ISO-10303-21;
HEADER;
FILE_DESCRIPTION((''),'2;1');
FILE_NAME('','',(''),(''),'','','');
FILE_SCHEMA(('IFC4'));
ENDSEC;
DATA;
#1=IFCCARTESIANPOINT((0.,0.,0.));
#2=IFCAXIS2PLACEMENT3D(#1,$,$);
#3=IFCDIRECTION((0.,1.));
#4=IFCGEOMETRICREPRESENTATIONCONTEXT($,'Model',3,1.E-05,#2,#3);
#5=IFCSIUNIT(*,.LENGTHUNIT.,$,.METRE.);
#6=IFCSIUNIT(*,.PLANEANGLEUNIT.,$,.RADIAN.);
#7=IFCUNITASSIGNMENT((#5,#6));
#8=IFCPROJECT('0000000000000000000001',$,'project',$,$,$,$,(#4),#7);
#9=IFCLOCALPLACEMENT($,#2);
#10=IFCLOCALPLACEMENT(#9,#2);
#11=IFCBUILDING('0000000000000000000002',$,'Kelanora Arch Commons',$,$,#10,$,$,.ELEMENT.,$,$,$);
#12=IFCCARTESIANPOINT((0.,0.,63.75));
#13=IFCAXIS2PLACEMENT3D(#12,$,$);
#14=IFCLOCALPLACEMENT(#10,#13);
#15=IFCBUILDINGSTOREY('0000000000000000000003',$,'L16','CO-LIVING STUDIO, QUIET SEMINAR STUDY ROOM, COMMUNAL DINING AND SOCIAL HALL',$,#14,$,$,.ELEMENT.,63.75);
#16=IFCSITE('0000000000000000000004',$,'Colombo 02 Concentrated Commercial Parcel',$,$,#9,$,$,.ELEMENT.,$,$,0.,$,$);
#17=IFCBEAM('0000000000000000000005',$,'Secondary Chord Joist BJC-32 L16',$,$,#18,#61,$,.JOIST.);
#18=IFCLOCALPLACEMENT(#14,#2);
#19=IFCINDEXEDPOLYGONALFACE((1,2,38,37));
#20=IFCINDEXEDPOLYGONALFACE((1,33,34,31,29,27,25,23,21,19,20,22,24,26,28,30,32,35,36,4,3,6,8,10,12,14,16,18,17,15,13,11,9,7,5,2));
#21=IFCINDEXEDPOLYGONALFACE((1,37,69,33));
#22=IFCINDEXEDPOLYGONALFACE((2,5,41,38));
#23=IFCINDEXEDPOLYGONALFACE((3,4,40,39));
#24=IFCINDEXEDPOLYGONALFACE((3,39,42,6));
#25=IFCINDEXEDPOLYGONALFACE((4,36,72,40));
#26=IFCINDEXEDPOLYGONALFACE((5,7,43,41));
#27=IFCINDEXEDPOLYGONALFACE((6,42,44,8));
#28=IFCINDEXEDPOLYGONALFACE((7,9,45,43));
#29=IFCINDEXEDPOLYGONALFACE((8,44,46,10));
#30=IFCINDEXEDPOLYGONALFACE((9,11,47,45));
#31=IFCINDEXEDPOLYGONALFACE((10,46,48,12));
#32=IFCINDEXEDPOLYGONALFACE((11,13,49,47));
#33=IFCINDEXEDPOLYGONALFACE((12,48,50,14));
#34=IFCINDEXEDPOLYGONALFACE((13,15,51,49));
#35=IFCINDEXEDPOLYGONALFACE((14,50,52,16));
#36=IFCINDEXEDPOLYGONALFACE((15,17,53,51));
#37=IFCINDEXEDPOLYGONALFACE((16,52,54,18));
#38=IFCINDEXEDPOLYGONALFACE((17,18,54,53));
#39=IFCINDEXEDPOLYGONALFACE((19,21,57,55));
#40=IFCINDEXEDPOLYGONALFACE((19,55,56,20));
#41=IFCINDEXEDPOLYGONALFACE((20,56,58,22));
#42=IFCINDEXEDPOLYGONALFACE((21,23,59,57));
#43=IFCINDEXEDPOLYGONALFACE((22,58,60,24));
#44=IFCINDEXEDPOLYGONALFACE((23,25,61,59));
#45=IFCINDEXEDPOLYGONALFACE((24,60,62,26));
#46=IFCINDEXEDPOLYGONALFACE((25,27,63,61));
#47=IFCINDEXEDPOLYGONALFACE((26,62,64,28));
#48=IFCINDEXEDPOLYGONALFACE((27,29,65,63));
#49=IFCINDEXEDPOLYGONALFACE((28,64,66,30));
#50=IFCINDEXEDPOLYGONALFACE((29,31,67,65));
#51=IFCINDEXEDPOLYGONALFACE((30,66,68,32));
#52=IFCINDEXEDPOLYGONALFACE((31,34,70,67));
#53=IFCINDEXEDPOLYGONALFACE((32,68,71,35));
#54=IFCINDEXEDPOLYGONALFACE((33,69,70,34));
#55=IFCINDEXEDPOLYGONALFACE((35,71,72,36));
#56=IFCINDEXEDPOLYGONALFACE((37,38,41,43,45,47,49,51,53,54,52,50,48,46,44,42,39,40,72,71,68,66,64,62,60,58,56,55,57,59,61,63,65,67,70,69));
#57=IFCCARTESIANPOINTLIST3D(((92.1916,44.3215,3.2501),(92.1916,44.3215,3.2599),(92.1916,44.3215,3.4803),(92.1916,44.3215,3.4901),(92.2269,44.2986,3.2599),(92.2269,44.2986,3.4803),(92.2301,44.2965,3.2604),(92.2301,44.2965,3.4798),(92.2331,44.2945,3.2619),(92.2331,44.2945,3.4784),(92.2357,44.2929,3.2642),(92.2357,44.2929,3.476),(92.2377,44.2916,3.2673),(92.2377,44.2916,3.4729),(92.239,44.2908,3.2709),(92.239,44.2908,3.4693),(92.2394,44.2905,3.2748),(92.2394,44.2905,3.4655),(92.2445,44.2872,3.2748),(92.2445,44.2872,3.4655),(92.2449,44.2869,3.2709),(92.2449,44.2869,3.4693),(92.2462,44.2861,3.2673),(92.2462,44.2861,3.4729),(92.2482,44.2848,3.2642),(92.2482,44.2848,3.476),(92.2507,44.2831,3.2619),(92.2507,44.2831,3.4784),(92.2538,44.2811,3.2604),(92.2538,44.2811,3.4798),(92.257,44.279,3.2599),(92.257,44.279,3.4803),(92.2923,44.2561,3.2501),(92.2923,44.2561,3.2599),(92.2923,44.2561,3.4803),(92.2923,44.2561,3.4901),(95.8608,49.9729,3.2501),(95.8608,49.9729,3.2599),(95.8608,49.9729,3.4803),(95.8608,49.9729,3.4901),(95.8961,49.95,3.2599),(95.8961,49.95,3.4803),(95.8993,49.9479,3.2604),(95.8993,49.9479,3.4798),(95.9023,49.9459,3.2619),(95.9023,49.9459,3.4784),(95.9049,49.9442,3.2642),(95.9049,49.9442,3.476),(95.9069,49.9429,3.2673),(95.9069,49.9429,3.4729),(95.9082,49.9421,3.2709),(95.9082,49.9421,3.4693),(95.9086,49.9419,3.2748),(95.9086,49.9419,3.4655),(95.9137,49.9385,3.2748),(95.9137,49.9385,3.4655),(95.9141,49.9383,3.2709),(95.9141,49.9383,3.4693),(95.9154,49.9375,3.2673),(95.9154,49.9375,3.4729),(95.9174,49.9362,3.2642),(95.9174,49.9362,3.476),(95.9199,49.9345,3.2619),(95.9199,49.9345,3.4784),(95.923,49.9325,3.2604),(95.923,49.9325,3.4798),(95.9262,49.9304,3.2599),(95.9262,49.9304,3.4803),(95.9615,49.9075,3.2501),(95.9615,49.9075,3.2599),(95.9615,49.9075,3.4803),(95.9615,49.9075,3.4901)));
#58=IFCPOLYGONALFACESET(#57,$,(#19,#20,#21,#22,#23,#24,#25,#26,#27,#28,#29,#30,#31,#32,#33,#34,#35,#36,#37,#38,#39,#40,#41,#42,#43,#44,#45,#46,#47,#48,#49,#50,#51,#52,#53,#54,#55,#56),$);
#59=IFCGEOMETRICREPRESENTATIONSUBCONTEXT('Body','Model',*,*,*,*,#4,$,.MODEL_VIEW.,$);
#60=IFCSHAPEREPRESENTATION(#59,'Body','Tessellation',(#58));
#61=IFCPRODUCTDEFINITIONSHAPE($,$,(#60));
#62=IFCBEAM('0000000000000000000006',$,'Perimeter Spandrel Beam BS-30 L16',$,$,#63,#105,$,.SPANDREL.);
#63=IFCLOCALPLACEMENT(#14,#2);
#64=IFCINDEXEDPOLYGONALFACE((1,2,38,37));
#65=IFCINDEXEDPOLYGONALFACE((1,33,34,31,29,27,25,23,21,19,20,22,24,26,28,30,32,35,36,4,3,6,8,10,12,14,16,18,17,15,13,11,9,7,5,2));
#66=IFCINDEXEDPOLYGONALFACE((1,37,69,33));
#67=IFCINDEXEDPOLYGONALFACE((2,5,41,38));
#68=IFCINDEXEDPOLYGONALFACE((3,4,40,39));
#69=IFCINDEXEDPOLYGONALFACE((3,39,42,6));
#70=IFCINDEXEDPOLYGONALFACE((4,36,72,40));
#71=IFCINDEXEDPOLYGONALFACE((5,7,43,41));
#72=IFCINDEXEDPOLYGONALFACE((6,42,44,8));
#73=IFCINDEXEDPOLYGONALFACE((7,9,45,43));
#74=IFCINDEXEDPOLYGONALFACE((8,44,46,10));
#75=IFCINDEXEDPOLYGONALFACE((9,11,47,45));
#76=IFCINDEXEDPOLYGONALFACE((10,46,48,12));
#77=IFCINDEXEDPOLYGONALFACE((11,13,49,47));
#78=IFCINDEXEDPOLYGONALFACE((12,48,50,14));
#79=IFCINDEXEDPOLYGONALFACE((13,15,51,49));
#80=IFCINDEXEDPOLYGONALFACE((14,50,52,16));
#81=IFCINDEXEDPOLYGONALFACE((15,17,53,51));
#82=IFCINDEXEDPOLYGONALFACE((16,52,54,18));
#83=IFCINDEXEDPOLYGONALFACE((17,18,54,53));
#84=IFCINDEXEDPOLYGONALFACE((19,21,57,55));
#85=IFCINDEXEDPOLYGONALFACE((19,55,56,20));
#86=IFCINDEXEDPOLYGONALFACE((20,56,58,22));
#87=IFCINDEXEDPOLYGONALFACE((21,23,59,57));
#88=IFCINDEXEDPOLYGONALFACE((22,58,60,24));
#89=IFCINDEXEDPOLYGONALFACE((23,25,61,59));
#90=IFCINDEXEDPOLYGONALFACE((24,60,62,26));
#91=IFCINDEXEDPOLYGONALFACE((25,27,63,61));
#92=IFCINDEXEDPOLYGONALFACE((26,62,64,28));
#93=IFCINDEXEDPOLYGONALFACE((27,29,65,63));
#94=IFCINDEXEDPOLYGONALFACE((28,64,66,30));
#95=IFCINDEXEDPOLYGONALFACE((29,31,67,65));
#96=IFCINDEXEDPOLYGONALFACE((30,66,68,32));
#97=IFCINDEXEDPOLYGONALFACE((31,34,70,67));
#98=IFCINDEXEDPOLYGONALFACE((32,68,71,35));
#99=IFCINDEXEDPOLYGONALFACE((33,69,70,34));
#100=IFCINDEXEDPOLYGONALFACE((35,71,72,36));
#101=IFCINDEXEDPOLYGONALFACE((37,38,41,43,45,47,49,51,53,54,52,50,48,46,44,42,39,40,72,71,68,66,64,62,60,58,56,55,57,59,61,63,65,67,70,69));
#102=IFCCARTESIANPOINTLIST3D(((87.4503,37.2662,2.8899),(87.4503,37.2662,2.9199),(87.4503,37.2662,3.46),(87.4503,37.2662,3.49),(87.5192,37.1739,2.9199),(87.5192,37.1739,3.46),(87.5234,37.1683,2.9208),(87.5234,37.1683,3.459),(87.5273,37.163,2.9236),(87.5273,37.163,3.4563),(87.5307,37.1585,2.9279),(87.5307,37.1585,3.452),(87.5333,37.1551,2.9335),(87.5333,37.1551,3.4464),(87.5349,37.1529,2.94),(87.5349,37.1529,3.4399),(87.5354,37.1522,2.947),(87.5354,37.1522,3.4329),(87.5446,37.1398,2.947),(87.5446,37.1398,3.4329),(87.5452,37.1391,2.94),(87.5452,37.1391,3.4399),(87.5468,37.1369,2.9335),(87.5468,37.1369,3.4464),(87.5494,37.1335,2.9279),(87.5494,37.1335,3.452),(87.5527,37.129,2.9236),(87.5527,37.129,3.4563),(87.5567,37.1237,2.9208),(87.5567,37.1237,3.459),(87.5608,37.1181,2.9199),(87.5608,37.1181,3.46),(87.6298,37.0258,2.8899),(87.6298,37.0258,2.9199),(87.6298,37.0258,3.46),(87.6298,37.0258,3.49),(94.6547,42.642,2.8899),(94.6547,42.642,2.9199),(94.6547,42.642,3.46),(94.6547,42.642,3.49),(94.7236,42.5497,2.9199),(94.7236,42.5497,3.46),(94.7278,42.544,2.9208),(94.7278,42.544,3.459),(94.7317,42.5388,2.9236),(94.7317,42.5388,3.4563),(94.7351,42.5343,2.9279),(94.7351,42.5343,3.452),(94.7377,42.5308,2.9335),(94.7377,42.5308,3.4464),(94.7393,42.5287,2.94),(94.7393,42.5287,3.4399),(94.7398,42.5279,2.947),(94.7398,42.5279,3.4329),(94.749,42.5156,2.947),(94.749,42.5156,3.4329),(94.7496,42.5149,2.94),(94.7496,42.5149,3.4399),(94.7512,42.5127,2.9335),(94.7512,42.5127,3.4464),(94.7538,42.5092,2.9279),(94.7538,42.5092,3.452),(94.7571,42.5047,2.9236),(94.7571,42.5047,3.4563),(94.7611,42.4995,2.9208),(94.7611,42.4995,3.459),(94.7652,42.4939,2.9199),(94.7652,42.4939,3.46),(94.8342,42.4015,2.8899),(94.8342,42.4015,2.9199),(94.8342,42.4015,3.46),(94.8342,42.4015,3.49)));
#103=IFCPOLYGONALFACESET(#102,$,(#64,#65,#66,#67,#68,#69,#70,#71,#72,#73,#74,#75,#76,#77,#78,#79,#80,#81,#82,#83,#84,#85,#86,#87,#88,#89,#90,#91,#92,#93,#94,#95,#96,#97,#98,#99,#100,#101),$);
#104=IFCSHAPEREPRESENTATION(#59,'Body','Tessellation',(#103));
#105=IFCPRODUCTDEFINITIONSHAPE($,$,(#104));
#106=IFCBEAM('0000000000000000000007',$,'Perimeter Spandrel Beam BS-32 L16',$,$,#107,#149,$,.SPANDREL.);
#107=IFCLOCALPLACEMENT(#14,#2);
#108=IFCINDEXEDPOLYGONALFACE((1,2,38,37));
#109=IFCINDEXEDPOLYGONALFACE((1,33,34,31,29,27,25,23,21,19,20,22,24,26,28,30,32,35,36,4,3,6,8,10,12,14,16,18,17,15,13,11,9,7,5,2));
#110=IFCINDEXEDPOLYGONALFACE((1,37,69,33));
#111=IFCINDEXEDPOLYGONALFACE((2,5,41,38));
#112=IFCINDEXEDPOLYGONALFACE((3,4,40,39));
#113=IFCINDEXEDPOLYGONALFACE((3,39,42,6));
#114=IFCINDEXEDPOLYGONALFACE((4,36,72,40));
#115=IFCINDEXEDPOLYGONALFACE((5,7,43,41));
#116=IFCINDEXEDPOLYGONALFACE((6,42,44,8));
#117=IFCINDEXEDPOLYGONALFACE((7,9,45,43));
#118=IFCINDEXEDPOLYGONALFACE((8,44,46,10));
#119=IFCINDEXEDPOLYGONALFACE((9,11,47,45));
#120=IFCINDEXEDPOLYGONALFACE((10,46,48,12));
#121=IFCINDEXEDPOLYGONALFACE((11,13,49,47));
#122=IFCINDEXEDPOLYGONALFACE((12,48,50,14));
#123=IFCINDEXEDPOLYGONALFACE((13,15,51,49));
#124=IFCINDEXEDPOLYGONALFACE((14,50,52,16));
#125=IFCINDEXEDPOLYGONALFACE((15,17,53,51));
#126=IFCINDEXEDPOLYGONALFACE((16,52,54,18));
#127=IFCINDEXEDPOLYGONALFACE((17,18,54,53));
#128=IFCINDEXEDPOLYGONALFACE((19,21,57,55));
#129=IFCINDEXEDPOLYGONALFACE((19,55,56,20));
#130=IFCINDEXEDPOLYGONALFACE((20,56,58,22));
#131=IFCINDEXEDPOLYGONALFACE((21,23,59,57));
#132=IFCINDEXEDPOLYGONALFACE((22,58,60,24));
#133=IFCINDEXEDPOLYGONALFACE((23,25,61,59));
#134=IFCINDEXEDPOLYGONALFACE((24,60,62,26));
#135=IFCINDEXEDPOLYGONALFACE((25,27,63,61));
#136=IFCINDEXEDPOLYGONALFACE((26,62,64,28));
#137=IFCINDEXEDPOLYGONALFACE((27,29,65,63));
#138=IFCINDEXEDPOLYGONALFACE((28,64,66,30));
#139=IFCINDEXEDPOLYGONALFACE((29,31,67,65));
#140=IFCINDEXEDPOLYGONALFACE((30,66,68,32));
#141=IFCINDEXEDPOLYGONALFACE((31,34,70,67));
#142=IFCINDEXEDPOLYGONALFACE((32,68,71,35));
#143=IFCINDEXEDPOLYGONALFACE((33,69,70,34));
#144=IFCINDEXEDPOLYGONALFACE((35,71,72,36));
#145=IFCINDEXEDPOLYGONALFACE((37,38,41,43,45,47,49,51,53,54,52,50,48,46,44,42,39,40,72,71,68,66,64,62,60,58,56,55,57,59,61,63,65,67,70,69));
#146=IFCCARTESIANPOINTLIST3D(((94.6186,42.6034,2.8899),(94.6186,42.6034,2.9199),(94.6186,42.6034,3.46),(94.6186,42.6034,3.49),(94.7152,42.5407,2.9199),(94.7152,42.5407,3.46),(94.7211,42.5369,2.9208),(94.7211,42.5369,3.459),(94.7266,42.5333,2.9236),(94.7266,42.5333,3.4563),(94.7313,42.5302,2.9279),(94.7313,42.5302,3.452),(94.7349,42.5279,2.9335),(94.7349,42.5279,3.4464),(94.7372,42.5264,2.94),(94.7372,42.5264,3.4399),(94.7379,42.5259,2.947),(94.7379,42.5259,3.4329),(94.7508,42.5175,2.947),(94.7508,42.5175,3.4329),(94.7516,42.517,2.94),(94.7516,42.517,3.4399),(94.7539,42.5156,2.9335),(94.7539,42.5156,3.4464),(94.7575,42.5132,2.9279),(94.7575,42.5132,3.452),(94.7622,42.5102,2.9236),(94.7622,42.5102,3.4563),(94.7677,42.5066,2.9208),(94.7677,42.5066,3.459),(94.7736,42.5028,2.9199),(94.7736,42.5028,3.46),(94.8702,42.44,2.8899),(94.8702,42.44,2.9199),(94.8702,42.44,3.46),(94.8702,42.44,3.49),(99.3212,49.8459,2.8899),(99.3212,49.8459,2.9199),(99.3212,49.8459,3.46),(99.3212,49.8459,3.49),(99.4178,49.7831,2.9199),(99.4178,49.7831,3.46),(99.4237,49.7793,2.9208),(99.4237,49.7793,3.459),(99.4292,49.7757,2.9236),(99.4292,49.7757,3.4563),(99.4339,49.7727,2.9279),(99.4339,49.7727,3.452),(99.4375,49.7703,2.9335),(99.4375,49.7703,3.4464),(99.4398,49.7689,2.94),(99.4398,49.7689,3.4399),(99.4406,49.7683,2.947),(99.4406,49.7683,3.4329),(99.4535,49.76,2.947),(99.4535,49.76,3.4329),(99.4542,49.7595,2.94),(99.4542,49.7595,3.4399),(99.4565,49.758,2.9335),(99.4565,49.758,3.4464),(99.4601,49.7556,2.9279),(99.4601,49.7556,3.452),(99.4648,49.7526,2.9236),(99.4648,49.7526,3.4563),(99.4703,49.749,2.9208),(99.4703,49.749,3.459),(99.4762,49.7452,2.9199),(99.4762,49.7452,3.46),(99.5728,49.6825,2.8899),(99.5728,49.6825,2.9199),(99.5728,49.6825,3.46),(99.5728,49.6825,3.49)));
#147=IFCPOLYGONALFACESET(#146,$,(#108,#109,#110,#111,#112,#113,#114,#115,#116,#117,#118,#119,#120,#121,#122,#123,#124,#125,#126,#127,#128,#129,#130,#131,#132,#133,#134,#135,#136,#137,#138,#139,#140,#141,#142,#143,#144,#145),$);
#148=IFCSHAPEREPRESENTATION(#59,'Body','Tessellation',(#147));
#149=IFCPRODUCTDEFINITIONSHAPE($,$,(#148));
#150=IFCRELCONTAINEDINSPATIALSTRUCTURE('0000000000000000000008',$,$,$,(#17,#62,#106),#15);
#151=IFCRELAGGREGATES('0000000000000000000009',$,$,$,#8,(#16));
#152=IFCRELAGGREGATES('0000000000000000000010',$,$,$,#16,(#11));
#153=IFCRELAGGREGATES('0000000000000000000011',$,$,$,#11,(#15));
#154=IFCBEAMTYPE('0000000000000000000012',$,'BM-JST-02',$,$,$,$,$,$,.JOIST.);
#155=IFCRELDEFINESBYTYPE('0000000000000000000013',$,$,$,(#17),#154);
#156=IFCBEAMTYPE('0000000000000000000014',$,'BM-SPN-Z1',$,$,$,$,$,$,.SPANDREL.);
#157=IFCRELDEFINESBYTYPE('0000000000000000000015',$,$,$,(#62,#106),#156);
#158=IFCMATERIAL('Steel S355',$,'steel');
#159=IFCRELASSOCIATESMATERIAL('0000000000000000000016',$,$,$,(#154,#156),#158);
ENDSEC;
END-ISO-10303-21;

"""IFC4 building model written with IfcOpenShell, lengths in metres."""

from ifc_helpers import new_model, si_unit, direction, frame, origin, origin_2d, place, context, subcontext, project, spatial, i_section, extrude, material, material_profile, profile_set, type_object, element, save


model = new_model("IFC4")

# Units and contexts
model_context = context("Model", 3, precision=1e-05, world=origin(), true_north=direction((0.0, 1.0)))
body_context = subcontext(model_context, "Body", "Model", "MODEL_VIEW")
ifc_project = project(units=[si_unit("LENGTHUNIT", "METRE"), si_unit("PLANEANGLEUNIT", "RADIAN")], contexts=[model_context])

# Site, building, storey
site_placement = place(None, origin())
site = spatial("IfcSite", under=ifc_project, at=site_placement, Name="Colombo 02 Concentrated Commercial Parcel", CompositionType="ELEMENT", RefElevation=0.0)
building_placement = place(site_placement, origin())
building = spatial("IfcBuilding", under=site, at=building_placement, Name="Kelanora Arch Commons", CompositionType="ELEMENT")
storey_placement = place(building_placement, frame((0.0, 0.0, 63.75)))
storey = spatial("IfcBuildingStorey", under=building, at=storey_placement, Name="L16", Description="CO-LIVING STUDIO, QUIET SEMINAR STUDY ROOM, COMMUNAL DINING AND SOCIAL HALL", CompositionType="ELEMENT", Elevation=63.75)

# Beams
ifc_material_1 = material(Name="Steel S355", Category="steel")
ifc_material_profile_1 = material_profile(ifc_material_1, i_section(OverallWidth=0.1201, OverallDepth=0.24, WebThickness=0.0061, FlangeThickness=0.0098, FilletRadius=0.0149, at=origin_2d()), Name="IPE240")
ifc_profile_set_1 = profile_set([ifc_material_profile_1], Name="Steel S355")
beam_type_1 = type_object("IfcBeamType", Name="BM-JST-02", PredefinedType="JOIST", material=ifc_profile_set_1)
beam_1_placement = place(storey_placement, frame((92.2419, 44.2888, 3.3701), z_axis=(0.54455, 0.838728, 0.0), x_axis=(-0.838728, 0.54455, 0.0)))
element("IfcBeam", 1, at=beam_1_placement, inside=storey, type_object=beam_type_1, Name="Secondary Chord Joist BJC-32 L16", PredefinedType="JOIST", context=body_context, shape_type="SweptSolid", body=[
    extrude(i_section(OverallWidth=0.1201, OverallDepth=0.24, WebThickness=0.0061, FlangeThickness=0.0098, FilletRadius=0.0149, at=origin_2d()), origin(), (0.0, 0.0, 1.0), 6.738),
])
ifc_material_profile_2 = material_profile(ifc_material_1, i_section(OverallWidth=0.3, OverallDepth=0.6001, WebThickness=0.0154, FlangeThickness=0.03, FilletRadius=0.0271, at=origin_2d()), Name="HEB600")
ifc_profile_set_2 = profile_set([ifc_material_profile_2], Name="Steel S355")
beam_type_2 = type_object("IfcBeamType", Name="BM-SPN-Z1", PredefinedType="SPANDREL", material=ifc_profile_set_2)
beam_2_placement = place(storey_placement, frame((87.54, 37.146, 3.1899), z_axis=(0.801468, 0.598038, 0.0), x_axis=(-0.598038, 0.801468, 0.0)))
element("IfcBeam", 2, at=beam_2_placement, inside=storey, type_object=beam_type_2, Name="Perimeter Spandrel Beam BS-30 L16", PredefinedType="SPANDREL", context=body_context, shape_type="SweptSolid", body=[
    extrude(i_section(OverallWidth=0.3, OverallDepth=0.6001, WebThickness=0.0154, FlangeThickness=0.03, FilletRadius=0.0271, at=origin_2d()), origin(), (0.0, 0.0, 1.0), 8.989),
])
beam_3_placement = place(storey_placement, frame((94.7444, 42.5217, 3.1899), z_axis=(0.544586, 0.838705, 0.0), x_axis=(-0.838705, 0.544586, 0.0)))
element("IfcBeam", 3, at=beam_3_placement, inside=storey, type_object=beam_type_2, Name="Perimeter Spandrel Beam BS-32 L16", PredefinedType="SPANDREL", context=body_context, shape_type="SweptSolid", body=[
    extrude(i_section(OverallWidth=0.3, OverallDepth=0.6001, WebThickness=0.0154, FlangeThickness=0.03, FilletRadius=0.0271, at=origin_2d()), origin(), (0.0, 0.0, 1.0), 8.6353),
])

save(model, "model.ifc")
